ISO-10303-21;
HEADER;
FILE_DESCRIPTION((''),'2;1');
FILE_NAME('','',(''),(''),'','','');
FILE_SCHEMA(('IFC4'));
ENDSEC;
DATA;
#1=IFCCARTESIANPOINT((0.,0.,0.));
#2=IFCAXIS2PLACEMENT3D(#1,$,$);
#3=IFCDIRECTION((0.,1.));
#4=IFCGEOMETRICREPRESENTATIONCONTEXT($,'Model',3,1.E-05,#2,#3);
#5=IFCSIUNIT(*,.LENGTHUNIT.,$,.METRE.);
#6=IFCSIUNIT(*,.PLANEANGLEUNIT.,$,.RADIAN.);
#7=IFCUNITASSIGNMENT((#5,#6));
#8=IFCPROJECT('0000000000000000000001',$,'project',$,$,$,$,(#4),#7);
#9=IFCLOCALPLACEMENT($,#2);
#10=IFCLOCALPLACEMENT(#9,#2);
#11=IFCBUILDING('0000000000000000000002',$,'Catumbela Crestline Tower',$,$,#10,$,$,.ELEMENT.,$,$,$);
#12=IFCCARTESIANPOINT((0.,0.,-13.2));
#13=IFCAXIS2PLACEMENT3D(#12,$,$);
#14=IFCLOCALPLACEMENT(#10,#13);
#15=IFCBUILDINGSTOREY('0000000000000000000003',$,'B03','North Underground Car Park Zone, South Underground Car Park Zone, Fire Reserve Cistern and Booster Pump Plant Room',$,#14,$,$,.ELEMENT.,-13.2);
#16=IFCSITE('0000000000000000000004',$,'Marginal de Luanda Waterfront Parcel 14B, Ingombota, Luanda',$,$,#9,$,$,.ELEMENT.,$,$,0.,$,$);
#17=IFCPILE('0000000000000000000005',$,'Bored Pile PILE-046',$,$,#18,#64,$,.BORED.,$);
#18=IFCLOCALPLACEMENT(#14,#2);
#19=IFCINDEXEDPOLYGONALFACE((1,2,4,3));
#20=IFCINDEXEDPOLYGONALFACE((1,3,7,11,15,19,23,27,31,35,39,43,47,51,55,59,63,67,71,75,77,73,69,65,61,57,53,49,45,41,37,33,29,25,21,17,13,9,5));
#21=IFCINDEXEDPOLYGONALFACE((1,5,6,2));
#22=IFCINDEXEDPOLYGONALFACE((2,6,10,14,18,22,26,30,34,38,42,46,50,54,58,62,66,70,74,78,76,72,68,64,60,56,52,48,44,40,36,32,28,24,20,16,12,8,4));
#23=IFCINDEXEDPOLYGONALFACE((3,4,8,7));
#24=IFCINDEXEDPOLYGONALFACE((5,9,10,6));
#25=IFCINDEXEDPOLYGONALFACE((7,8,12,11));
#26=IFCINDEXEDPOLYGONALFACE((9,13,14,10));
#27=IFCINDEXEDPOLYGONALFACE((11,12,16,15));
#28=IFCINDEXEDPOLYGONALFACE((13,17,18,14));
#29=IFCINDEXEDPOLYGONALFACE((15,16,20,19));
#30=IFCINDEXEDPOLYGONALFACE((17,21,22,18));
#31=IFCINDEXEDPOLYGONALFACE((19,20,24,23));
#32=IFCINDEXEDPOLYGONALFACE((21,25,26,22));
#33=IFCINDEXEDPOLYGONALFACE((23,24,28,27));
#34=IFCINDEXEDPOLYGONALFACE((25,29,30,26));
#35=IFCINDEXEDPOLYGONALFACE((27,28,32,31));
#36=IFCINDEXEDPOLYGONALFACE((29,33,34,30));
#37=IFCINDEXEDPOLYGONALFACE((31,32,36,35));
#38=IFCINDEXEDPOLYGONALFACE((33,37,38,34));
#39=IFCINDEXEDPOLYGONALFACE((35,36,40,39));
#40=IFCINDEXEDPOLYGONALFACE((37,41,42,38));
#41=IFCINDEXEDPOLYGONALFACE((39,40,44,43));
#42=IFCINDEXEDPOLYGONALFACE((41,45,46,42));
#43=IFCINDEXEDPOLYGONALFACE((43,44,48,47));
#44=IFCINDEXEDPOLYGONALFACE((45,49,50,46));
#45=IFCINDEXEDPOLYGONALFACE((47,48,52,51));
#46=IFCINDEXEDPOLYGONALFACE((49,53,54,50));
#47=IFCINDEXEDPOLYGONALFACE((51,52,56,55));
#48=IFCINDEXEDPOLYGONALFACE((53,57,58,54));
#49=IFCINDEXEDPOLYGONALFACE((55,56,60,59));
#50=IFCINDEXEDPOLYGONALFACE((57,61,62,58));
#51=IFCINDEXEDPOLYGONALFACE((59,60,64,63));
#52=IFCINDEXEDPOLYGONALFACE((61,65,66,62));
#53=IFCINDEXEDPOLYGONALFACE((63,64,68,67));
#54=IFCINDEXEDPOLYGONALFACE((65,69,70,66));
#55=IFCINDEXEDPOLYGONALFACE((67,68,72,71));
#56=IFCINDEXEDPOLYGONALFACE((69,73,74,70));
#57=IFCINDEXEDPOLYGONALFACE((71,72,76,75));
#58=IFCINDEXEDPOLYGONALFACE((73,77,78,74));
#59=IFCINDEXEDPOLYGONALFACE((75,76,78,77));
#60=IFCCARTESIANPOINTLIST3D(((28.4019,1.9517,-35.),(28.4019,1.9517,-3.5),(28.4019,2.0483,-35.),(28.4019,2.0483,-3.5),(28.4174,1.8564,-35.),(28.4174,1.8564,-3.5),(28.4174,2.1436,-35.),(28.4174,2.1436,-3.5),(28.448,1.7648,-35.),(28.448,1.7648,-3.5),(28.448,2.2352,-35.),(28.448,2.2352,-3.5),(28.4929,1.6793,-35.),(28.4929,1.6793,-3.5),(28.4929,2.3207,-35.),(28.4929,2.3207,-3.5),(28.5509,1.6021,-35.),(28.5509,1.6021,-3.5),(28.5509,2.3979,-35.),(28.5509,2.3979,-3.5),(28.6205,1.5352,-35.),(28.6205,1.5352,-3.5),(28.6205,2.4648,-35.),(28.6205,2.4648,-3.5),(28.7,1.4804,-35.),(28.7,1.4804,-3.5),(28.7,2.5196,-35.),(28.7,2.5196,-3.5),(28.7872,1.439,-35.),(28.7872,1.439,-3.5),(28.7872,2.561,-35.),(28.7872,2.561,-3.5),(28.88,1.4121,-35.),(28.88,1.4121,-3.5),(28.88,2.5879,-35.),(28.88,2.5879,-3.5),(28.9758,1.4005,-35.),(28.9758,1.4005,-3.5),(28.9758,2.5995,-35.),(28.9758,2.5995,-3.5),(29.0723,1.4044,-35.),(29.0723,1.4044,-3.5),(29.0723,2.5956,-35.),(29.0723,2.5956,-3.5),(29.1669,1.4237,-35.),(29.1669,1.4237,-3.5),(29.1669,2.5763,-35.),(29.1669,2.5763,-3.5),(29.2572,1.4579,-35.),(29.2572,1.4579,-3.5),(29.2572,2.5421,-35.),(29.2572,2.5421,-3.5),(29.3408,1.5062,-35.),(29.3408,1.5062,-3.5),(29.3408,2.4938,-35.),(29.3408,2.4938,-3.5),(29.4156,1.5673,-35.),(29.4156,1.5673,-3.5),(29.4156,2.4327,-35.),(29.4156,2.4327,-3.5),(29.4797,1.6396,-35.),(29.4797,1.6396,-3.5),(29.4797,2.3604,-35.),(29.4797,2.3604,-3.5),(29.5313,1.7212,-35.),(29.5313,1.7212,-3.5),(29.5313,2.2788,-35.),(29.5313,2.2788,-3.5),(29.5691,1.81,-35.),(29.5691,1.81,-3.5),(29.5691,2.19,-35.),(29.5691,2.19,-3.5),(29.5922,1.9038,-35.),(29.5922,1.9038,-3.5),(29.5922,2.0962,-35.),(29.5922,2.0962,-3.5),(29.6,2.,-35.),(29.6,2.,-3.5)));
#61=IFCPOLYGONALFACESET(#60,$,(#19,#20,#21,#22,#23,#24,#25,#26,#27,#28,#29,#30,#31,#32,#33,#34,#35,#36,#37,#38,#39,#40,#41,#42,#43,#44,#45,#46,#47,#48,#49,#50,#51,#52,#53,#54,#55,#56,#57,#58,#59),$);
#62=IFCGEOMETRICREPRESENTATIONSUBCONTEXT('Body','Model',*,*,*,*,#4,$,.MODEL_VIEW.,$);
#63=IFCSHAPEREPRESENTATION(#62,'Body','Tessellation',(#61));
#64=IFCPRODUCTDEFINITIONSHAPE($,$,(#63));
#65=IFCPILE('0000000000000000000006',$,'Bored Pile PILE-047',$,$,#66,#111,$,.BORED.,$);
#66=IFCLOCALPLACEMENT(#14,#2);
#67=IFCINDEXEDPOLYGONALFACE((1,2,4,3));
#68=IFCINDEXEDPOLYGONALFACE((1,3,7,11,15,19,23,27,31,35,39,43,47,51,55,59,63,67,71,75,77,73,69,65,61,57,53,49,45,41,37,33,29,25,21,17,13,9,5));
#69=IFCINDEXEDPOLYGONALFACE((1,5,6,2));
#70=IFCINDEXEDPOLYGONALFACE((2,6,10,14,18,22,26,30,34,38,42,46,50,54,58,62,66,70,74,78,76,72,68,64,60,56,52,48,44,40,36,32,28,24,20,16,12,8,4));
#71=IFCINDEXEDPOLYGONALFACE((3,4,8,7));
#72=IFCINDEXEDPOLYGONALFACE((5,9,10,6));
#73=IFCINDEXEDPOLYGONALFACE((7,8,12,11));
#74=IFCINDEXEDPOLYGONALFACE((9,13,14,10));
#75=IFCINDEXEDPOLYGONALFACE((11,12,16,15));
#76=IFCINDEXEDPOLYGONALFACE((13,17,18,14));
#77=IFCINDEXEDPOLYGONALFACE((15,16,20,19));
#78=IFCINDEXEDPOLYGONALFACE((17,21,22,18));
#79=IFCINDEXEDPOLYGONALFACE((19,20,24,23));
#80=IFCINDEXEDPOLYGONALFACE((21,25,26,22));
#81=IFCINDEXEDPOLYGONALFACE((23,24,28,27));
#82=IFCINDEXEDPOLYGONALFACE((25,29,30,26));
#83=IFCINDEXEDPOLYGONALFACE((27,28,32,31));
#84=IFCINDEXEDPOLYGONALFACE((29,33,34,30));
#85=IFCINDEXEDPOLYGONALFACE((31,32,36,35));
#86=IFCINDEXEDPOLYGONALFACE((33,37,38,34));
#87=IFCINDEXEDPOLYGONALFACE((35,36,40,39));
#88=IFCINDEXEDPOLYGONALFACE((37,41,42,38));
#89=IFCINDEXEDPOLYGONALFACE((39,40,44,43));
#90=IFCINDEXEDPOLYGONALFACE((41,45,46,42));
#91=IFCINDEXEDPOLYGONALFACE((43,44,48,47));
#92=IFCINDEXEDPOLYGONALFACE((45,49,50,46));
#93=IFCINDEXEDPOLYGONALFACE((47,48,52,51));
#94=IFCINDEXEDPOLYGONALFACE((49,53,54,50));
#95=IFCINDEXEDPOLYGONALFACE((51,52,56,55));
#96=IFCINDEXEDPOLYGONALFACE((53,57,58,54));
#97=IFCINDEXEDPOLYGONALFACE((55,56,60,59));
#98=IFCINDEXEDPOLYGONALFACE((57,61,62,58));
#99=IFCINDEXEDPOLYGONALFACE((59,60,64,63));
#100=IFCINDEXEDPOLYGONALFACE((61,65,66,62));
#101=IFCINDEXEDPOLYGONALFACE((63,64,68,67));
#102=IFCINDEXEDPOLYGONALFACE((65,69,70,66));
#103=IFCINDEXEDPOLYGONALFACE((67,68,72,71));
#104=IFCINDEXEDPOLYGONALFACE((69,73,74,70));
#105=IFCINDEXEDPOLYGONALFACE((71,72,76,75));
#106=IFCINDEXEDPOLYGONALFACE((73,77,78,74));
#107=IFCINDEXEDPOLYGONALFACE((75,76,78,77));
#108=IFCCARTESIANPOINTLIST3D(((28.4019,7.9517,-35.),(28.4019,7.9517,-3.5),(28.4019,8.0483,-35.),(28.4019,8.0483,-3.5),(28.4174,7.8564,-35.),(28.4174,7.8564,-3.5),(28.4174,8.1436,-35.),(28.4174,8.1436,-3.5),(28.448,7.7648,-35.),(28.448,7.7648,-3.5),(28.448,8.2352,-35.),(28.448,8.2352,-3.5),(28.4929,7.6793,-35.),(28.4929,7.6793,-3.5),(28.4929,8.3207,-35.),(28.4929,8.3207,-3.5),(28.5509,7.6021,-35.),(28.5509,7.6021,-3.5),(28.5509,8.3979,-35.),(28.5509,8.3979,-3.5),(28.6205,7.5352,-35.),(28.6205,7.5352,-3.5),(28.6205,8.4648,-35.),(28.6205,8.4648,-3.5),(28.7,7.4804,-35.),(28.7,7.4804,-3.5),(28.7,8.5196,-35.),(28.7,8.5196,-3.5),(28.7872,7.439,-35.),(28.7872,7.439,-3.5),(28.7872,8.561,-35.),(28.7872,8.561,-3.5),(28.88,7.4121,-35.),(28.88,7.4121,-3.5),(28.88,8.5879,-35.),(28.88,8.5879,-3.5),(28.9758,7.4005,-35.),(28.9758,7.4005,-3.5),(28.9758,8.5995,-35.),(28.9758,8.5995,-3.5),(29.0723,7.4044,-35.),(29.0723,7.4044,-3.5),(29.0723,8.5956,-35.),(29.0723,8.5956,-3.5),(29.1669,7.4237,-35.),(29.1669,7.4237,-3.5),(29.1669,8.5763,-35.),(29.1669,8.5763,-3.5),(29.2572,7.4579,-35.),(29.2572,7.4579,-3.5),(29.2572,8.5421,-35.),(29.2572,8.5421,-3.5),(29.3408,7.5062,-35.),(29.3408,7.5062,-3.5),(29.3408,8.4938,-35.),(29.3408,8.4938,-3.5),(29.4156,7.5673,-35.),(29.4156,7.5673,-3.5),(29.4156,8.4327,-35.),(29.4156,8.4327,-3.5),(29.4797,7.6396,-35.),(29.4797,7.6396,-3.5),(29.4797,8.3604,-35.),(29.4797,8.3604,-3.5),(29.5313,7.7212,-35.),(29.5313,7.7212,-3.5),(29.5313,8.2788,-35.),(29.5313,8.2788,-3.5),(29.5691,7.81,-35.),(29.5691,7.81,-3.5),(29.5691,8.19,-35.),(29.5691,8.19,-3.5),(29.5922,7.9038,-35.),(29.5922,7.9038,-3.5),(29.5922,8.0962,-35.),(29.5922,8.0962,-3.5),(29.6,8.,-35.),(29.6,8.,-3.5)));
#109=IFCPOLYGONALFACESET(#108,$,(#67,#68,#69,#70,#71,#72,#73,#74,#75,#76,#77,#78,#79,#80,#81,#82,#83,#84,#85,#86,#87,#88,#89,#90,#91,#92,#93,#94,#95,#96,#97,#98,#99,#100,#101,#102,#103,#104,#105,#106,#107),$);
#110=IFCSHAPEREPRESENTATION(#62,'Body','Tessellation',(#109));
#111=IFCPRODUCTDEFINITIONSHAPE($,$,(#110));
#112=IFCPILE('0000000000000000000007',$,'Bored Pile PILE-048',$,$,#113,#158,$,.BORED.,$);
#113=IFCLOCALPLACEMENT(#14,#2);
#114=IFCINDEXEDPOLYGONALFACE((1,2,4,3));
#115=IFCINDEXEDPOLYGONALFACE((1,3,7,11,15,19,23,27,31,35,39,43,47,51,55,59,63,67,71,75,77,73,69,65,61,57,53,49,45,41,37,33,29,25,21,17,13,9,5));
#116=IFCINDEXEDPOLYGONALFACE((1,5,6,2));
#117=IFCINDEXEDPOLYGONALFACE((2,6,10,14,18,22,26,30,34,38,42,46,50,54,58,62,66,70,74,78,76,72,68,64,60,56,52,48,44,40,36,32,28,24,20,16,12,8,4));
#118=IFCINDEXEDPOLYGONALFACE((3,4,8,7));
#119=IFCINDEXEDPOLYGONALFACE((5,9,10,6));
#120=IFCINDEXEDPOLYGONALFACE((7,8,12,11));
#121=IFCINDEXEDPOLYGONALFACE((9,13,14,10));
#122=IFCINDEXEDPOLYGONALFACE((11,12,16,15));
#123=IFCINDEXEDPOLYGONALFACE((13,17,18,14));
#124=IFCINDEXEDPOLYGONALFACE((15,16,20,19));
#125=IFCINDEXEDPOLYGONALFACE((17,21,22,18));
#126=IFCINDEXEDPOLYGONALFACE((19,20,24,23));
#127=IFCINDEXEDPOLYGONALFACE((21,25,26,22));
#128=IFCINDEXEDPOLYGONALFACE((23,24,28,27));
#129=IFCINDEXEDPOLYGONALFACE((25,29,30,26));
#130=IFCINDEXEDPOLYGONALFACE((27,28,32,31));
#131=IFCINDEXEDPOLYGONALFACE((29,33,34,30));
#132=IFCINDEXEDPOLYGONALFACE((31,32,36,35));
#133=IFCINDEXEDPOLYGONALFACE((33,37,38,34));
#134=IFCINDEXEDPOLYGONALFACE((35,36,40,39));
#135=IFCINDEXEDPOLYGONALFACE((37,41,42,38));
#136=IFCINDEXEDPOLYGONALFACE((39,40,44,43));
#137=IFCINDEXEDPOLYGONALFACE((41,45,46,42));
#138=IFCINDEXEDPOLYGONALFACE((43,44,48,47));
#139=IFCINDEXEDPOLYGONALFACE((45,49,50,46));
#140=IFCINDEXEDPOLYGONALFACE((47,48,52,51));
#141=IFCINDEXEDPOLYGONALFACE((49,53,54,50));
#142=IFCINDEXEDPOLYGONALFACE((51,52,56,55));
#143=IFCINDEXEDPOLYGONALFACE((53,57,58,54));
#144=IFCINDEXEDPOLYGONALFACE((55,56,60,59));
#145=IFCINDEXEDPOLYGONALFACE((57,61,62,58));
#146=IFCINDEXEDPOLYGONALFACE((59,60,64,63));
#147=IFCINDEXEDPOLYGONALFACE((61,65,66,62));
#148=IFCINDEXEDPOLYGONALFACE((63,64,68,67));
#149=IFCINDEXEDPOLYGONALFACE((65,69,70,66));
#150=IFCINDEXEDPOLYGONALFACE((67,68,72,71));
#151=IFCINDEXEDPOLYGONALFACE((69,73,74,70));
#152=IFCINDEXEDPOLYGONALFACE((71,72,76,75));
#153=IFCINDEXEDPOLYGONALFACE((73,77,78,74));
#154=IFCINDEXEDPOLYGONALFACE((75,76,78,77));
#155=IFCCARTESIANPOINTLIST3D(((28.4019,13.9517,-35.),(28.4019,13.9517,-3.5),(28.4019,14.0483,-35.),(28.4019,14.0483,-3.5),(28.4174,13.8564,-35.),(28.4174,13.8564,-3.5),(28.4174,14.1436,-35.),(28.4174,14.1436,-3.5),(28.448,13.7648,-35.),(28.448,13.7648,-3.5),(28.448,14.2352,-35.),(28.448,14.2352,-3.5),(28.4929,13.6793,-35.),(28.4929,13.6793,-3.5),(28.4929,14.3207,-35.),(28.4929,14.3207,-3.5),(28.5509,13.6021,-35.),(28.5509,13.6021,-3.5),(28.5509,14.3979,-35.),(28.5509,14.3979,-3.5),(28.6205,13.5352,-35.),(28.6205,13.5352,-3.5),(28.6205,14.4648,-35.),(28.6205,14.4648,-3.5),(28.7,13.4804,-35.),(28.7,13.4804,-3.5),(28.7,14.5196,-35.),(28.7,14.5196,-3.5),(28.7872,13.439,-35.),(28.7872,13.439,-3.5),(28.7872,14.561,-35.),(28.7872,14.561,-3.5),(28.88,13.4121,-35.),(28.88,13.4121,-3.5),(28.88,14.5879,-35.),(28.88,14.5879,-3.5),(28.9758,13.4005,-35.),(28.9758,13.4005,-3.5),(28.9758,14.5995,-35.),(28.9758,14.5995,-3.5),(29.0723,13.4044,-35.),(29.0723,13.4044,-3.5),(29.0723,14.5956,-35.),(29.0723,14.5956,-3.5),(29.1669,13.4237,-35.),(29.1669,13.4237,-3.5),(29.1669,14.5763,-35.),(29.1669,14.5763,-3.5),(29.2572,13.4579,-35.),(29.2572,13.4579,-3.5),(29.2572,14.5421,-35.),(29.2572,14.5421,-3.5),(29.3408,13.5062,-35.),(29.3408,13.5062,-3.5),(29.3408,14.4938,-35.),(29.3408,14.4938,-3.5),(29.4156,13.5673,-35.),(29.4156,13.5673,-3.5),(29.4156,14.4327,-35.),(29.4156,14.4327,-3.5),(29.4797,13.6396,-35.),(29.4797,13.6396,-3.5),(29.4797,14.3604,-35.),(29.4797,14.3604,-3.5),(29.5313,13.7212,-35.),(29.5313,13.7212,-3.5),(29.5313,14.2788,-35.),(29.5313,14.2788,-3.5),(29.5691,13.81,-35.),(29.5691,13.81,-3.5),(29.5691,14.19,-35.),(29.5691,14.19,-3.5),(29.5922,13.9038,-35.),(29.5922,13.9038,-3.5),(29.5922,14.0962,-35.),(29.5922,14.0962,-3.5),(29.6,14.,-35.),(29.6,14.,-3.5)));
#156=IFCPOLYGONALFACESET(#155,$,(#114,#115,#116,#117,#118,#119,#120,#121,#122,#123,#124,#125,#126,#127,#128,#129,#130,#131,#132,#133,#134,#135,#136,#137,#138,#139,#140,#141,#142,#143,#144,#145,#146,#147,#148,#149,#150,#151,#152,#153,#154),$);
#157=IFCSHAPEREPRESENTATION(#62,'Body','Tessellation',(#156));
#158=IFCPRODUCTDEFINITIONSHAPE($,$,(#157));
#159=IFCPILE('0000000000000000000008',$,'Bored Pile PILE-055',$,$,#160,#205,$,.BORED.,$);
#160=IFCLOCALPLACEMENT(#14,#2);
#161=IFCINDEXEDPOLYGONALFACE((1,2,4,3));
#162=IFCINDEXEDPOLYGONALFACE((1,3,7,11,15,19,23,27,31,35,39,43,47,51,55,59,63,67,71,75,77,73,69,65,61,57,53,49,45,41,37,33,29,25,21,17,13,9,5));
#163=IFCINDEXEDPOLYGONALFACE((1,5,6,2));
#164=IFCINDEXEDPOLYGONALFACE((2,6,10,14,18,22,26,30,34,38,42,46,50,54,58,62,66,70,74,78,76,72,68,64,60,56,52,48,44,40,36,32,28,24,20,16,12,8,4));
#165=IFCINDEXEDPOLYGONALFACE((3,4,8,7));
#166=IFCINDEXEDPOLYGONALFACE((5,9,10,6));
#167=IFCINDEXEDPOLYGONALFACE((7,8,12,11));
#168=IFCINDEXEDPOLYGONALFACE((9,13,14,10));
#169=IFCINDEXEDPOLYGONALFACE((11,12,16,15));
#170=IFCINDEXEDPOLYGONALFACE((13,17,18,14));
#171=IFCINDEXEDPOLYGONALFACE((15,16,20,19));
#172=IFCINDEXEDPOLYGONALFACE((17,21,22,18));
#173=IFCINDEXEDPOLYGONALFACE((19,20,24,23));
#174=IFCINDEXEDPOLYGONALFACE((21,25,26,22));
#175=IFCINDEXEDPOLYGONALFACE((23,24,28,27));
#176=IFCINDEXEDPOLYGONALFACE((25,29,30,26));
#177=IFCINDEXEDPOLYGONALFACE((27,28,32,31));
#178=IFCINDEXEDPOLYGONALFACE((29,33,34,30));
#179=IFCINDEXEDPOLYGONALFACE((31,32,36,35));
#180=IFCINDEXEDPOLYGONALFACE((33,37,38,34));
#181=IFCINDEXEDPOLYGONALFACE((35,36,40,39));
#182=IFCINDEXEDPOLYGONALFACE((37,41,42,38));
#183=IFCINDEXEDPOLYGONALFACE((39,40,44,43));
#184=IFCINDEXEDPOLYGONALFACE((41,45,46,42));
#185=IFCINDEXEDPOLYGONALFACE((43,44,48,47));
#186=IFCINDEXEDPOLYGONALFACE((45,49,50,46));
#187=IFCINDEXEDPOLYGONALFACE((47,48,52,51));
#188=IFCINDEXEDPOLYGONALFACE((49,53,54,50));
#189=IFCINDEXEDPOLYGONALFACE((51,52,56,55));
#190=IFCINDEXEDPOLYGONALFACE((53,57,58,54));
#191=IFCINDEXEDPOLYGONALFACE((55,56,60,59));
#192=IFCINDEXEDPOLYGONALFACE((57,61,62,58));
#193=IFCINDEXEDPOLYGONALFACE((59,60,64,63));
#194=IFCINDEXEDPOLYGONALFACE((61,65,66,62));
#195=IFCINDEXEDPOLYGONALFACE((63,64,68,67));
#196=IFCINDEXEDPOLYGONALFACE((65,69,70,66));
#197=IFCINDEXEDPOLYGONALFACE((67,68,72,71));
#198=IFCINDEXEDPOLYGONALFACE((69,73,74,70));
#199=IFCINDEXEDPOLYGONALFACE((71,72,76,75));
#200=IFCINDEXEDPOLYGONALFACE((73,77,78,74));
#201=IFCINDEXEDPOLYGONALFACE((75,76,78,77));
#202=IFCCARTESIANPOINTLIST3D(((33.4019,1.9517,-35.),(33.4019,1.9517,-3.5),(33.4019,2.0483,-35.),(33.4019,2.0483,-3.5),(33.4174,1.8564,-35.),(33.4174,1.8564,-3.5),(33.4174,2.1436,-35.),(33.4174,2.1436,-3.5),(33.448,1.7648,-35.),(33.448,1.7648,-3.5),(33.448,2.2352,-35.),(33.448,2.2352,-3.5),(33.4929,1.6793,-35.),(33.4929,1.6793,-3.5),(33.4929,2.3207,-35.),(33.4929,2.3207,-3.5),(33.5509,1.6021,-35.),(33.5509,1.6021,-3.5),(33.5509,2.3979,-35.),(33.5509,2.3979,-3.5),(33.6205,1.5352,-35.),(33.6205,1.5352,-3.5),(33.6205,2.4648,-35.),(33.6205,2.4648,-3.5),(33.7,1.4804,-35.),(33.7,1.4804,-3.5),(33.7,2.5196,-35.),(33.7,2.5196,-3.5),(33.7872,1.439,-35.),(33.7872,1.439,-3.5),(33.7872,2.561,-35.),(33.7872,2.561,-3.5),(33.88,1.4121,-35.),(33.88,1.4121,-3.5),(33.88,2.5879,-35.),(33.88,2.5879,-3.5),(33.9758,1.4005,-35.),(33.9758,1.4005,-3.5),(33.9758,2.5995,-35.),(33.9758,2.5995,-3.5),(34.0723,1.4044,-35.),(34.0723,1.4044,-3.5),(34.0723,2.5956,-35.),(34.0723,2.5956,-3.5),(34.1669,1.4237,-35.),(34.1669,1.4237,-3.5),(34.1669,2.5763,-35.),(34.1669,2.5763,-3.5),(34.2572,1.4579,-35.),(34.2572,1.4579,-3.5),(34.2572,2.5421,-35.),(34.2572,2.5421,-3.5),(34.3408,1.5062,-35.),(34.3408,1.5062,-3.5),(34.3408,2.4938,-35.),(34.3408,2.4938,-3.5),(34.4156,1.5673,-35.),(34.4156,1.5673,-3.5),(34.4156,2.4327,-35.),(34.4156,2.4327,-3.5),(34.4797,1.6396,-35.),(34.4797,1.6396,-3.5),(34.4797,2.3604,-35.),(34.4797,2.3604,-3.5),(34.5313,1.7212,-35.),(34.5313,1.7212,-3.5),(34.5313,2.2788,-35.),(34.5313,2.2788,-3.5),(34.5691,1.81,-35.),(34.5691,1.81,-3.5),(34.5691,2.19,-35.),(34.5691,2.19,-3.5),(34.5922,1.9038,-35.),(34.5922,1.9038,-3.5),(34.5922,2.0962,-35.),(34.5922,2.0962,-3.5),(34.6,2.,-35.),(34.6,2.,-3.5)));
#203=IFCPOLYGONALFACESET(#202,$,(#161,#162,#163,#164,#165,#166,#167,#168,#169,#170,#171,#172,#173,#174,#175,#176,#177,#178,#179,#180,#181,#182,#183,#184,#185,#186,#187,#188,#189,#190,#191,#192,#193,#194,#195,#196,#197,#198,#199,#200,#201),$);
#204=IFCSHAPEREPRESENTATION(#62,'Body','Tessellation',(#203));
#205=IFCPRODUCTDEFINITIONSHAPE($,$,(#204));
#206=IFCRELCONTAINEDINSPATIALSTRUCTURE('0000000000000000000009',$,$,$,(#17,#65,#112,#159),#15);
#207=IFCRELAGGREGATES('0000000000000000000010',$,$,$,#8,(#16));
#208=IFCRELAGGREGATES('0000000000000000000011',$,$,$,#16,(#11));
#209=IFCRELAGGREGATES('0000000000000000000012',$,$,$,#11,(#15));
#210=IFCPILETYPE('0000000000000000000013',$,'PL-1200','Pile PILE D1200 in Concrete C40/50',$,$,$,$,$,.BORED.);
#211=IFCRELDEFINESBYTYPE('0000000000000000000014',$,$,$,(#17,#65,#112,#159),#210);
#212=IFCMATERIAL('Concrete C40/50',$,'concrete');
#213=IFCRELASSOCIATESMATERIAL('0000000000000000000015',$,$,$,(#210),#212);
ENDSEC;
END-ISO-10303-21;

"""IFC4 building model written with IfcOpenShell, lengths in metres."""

from ifc_helpers import new_model, si_unit, direction, frame, origin, origin_2d, place, context, subcontext, project, spatial, circle, extrude, material, material_profile, profile_set, type_object, element, save


model = new_model("IFC4")

# Units and contexts
model_context = context("Model", 3, precision=1e-05, world=origin(), true_north=direction((0.0, 1.0)))
body_context = subcontext(model_context, "Body", "Model", "MODEL_VIEW")
ifc_project = project(units=[si_unit("LENGTHUNIT", "METRE"), si_unit("PLANEANGLEUNIT", "RADIAN")], contexts=[model_context])

# Site, building, storey
site_placement = place(None, origin())
site = spatial("IfcSite", under=ifc_project, at=site_placement, Name="Marginal de Luanda Waterfront Parcel 14B, Ingombota, Luanda", CompositionType="ELEMENT", RefElevation=0.0)
building_placement = place(site_placement, origin())
building = spatial("IfcBuilding", under=site, at=building_placement, Name="Catumbela Crestline Tower", CompositionType="ELEMENT")
storey_placement = place(building_placement, frame((0.0, 0.0, -13.2)))
storey = spatial("IfcBuildingStorey", under=building, at=storey_placement, Name="B03", Description="North Underground Car Park Zone, South Underground Car Park Zone, Fire Reserve Cistern and Booster Pump Plant Room", CompositionType="ELEMENT", Elevation=-13.2)

# Piles
ifc_material_1 = material(Name="Concrete C40/50", Category="concrete")
ifc_material_profile_1 = material_profile(ifc_material_1, circle(Radius=0.6, at=origin_2d()), Name="PILE D1200")
ifc_profile_set_1 = profile_set([ifc_material_profile_1], Name="Concrete C40/50")
pile_type = type_object("IfcPileType", Name="PL-1200", Description="Pile PILE D1200 in Concrete C40/50", PredefinedType="BORED", material=ifc_profile_set_1)
for number, where, z_axis, x_axis, name in (
    (1, (29.0, 2.0, -3.5), (0.0, 0.0, -1.0), (1.0, 0.0, 0.0), "Bored Pile PILE-046"),
    (2, (29.0, 8.0, -3.5), (0.0, 0.0, -1.0), (1.0, 0.0, 0.0), "Bored Pile PILE-047"),
    (3, (29.0, 14.0, -3.5), (0.0, 0.0, -1.0), (1.0, 0.0, 0.0), "Bored Pile PILE-048"),
    (4, (34.0, 2.0, -3.5), (0.0, 0.0, -1.0), (1.0, 0.0, 0.0), "Bored Pile PILE-055"),
):
    element("IfcPile", number, at=place(storey_placement, frame(where, z_axis=z_axis, x_axis=x_axis)), inside=storey, type_object=pile_type, Name=name, PredefinedType="BORED", context=body_context, shape_type="SweptSolid", body=[
        extrude(circle(Radius=0.6, at=origin_2d()), origin(), (0.0, 0.0, 1.0), 31.5),
    ])

save(model, "model.ifc")
